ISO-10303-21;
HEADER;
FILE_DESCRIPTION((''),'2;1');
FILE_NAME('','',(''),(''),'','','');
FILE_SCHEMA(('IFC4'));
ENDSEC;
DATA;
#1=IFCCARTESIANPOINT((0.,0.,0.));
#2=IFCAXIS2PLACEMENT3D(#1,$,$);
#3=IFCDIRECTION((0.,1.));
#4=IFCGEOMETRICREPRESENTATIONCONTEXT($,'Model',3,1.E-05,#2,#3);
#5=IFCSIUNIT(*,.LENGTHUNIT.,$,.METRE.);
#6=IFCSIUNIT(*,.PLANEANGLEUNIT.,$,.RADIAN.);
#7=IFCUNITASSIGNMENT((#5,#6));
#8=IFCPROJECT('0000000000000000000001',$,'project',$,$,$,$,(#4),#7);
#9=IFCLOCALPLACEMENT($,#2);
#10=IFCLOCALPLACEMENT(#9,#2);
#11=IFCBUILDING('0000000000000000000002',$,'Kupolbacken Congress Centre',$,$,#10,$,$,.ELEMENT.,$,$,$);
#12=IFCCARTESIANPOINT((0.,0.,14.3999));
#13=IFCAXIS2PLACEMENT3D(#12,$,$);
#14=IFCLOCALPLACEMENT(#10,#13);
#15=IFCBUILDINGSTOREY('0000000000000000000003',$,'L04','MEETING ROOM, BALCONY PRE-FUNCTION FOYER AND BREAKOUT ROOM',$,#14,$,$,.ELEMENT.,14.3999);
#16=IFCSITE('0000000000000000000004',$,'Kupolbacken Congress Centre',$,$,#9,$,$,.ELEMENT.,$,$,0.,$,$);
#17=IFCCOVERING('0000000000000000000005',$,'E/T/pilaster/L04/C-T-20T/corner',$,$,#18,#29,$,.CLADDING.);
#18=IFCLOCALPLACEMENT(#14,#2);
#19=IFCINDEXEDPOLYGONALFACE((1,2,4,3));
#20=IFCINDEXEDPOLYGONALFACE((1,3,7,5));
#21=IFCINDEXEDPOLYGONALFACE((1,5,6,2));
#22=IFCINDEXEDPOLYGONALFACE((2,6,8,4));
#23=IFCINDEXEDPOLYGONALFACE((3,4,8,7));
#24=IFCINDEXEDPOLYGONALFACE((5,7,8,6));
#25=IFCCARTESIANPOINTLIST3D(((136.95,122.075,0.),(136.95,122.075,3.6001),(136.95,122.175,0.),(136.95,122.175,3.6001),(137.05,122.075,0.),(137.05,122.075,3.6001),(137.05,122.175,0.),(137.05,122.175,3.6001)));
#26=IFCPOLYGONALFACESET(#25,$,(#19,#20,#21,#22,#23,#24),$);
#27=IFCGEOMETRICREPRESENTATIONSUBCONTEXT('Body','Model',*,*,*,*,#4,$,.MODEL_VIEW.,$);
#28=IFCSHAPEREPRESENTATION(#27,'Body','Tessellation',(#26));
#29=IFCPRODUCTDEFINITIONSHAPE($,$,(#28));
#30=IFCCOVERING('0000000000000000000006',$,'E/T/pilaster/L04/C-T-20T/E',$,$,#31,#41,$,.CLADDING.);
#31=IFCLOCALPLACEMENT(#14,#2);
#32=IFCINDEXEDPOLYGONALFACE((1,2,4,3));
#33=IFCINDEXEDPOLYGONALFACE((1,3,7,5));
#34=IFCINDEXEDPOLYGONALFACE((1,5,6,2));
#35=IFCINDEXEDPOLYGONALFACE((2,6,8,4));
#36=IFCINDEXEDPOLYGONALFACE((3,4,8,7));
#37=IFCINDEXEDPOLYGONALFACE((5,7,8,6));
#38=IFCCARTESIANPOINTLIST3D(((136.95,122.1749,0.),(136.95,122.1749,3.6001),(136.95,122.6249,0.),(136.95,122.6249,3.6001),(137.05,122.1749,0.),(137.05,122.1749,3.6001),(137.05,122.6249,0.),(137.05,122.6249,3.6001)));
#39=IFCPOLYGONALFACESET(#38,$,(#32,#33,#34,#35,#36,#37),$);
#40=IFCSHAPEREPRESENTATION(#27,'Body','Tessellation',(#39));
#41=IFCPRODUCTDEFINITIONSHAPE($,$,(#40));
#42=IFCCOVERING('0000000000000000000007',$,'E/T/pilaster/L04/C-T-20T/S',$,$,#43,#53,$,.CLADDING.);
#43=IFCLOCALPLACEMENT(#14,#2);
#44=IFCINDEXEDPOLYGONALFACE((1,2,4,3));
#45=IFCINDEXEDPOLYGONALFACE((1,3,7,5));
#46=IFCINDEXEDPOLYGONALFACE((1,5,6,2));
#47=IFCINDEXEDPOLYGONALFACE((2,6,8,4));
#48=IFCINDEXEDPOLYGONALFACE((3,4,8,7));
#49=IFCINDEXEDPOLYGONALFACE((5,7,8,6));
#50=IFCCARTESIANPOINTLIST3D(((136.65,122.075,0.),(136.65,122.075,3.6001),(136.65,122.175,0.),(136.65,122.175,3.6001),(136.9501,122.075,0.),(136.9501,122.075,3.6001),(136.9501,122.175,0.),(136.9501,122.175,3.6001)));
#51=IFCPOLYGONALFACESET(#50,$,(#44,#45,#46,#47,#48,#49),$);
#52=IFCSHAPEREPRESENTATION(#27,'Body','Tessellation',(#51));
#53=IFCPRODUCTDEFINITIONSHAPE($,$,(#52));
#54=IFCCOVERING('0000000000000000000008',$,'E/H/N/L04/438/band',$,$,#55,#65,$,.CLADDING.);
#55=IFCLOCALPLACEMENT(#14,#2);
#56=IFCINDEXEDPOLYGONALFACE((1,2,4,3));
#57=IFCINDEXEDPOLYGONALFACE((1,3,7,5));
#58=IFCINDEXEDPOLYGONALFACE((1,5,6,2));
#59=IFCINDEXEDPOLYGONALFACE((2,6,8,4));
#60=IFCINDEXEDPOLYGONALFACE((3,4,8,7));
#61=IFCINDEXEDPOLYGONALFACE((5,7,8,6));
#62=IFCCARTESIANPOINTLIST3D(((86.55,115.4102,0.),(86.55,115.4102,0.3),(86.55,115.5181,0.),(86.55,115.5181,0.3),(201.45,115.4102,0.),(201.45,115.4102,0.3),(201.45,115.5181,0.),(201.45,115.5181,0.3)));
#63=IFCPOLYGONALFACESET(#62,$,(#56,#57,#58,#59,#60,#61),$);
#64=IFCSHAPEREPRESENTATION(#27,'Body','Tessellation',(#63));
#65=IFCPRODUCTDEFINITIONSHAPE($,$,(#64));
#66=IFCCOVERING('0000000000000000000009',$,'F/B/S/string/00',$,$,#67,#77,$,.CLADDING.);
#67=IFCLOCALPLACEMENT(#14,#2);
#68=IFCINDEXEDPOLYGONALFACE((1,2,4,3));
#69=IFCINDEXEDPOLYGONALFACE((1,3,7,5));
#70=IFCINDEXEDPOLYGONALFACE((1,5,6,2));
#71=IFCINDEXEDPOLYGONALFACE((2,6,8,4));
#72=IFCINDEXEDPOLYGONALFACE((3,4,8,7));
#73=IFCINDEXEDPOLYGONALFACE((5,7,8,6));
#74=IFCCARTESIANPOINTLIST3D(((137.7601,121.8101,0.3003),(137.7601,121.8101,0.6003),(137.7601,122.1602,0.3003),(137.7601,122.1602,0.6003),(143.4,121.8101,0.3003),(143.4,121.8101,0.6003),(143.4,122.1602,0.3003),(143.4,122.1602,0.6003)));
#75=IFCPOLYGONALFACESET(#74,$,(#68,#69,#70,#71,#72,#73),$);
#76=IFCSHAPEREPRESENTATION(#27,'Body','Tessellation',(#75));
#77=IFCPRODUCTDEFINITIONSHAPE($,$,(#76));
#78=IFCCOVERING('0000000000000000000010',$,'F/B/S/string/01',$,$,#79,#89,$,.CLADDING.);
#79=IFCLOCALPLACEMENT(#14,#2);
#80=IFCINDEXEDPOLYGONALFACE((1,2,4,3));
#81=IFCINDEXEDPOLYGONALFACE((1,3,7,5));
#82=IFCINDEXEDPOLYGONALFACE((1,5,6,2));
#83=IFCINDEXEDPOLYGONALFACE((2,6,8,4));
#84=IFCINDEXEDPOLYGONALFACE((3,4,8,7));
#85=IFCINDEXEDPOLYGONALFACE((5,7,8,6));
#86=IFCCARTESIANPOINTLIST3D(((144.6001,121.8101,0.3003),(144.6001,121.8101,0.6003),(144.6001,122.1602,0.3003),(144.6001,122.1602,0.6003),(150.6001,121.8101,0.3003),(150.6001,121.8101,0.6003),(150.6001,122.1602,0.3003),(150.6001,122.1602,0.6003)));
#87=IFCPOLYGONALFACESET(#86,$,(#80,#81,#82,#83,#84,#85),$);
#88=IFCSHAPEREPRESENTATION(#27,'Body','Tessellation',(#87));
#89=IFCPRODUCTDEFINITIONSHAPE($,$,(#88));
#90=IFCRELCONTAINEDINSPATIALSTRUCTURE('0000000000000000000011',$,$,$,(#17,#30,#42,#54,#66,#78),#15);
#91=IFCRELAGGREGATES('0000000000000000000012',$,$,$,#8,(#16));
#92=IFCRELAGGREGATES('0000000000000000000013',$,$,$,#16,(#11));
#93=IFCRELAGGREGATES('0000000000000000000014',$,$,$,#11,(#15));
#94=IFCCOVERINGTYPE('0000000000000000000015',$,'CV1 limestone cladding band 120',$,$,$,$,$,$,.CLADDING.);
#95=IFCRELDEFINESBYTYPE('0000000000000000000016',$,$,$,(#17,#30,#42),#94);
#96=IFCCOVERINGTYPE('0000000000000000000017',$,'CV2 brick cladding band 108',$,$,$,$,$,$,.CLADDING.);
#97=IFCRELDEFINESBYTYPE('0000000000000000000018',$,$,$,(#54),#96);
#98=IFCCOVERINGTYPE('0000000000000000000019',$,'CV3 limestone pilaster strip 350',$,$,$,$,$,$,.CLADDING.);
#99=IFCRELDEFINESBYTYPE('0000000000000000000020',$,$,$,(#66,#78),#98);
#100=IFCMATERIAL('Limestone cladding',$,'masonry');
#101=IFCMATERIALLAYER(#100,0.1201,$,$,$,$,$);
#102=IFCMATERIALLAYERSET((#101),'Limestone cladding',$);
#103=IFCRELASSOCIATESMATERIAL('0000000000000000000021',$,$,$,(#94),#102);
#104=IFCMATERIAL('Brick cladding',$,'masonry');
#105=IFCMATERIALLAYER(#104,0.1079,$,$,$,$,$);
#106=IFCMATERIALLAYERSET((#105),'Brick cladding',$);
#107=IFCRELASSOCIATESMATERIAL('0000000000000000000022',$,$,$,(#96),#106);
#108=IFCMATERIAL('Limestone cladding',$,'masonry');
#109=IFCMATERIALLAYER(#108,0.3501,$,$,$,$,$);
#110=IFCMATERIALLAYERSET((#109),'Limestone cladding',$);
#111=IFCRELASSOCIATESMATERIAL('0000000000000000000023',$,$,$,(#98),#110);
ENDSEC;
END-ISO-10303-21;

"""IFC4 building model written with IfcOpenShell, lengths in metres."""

from ifc_helpers import new_model, si_unit, direction, frame, origin, origin_2d, place, context, subcontext, project, spatial, rectangle, extrude, material, layer, layer_set, type_object, element, save


model = new_model("IFC4")

# Units and contexts
model_context = context("Model", 3, precision=1e-05, world=origin(), true_north=direction((0.0, 1.0)))
body_context = subcontext(model_context, "Body", "Model", "MODEL_VIEW")
ifc_project = project(units=[si_unit("LENGTHUNIT", "METRE"), si_unit("PLANEANGLEUNIT", "RADIAN")], contexts=[model_context])

# Site, building, storey
site_placement = place(None, origin())
site = spatial("IfcSite", under=ifc_project, at=site_placement, Name="Kupolbacken Congress Centre", CompositionType="ELEMENT", RefElevation=0.0)
building_placement = place(site_placement, origin())
building = spatial("IfcBuilding", under=site, at=building_placement, Name="Kupolbacken Congress Centre", CompositionType="ELEMENT")
storey_placement = place(building_placement, frame((0.0, 0.0, 14.3999)))
storey = spatial("IfcBuildingStorey", under=building, at=storey_placement, Name="L04", Description="MEETING ROOM, BALCONY PRE-FUNCTION FOYER AND BREAKOUT ROOM", CompositionType="ELEMENT", Elevation=14.3999)

# Coverings
ifc_material_1 = material(Name="Limestone cladding", Category="masonry")
ifc_layer_1 = layer(ifc_material_1, 0.1201)
ifc_layer_set_1 = layer_set([ifc_layer_1], Name="Limestone cladding")
covering_type_1 = type_object("IfcCoveringType", Name="CV1 limestone cladding band 120", PredefinedType="CLADDING", material=ifc_layer_set_1)
covering_1_placement = place(storey_placement, frame((137.0, 122.125, 0.0), z_axis=(0.0, 0.0, 1.0), x_axis=(1.0, 0.0, 0.0)))
element("IfcCovering", 1, at=covering_1_placement, inside=storey, type_object=covering_type_1, Name="E/T/pilaster/L04/C-T-20T/corner", PredefinedType="CLADDING", context=body_context, shape_type="SweptSolid", body=[
    extrude(rectangle(XDim=0.1001, YDim=0.1001, at=origin_2d()), origin(), (0.0, 0.0, 1.0), 3.6001),
])
covering_2_placement = place(storey_placement, frame((137.0, 122.3999, 0.0), z_axis=(0.0, 0.0, 1.0), x_axis=(1.0, 0.0, 0.0)))
element("IfcCovering", 2, at=covering_2_placement, inside=storey, type_object=covering_type_1, Name="E/T/pilaster/L04/C-T-20T/E", PredefinedType="CLADDING", context=body_context, shape_type="SweptSolid", body=[
    extrude(rectangle(XDim=0.1001, YDim=0.45, at=origin_2d()), origin(), (0.0, 0.0, 1.0), 3.6001),
])
covering_3_placement = place(storey_placement, frame((136.8, 122.125, 0.0), z_axis=(0.0, 0.0, 1.0), x_axis=(1.0, 0.0, 0.0)))
element("IfcCovering", 3, at=covering_3_placement, inside=storey, type_object=covering_type_1, Name="E/T/pilaster/L04/C-T-20T/S", PredefinedType="CLADDING", context=body_context, shape_type="SweptSolid", body=[
    extrude(rectangle(XDim=0.3, YDim=0.1001, at=origin_2d()), origin(), (0.0, 0.0, 1.0), 3.6001),
])
ifc_material_2 = material(Name="Brick cladding", Category="masonry")
ifc_layer_2 = layer(ifc_material_2, 0.1079)
ifc_layer_set_2 = layer_set([ifc_layer_2], Name="Brick cladding")
covering_type_2 = type_object("IfcCoveringType", Name="CV2 brick cladding band 108", PredefinedType="CLADDING", material=ifc_layer_set_2)
covering_4_placement = place(storey_placement, frame((144.0, 115.4641, 0.0), z_axis=(0.0, 0.0, 1.0), x_axis=(-1.0, 0.0, 0.0)))
element("IfcCovering", 4, at=covering_4_placement, inside=storey, type_object=covering_type_2, Name="E/H/N/L04/438/band", PredefinedType="CLADDING", context=body_context, shape_type="SweptSolid", body=[
    extrude(rectangle(XDim=114.8999, YDim=0.1079, at=origin_2d()), origin(), (0.0, 0.0, 1.0), 0.3),
])
ifc_material_3 = material(Name="Limestone cladding", Category="masonry")
ifc_layer_3 = layer(ifc_material_3, 0.3501)
ifc_layer_set_3 = layer_set([ifc_layer_3], Name="Limestone cladding")
covering_type_3 = type_object("IfcCoveringType", Name="CV3 limestone pilaster strip 350", PredefinedType="CLADDING", material=ifc_layer_set_3)
covering_5_placement = place(storey_placement, frame((140.5801, 121.9851, 0.3003), z_axis=(0.0, 0.0, 1.0), x_axis=(1.0, 0.0, 0.0)))
element("IfcCovering", 5, at=covering_5_placement, inside=storey, type_object=covering_type_3, Name="F/B/S/string/00", PredefinedType="CLADDING", context=body_context, shape_type="SweptSolid", body=[
    extrude(rectangle(XDim=5.6399, YDim=0.3501, at=origin_2d()), origin(), (0.0, 0.0, 1.0), 0.3),
])
covering_6_placement = place(storey_placement, frame((147.6001, 121.9851, 0.3003), z_axis=(0.0, 0.0, 1.0), x_axis=(1.0, 0.0, 0.0)))
element("IfcCovering", 6, at=covering_6_placement, inside=storey, type_object=covering_type_3, Name="F/B/S/string/01", PredefinedType="CLADDING", context=body_context, shape_type="SweptSolid", body=[
    extrude(rectangle(XDim=6.0, YDim=0.3501, at=origin_2d()), origin(), (0.0, 0.0, 1.0), 0.3),
])

save(model, "model.ifc")
